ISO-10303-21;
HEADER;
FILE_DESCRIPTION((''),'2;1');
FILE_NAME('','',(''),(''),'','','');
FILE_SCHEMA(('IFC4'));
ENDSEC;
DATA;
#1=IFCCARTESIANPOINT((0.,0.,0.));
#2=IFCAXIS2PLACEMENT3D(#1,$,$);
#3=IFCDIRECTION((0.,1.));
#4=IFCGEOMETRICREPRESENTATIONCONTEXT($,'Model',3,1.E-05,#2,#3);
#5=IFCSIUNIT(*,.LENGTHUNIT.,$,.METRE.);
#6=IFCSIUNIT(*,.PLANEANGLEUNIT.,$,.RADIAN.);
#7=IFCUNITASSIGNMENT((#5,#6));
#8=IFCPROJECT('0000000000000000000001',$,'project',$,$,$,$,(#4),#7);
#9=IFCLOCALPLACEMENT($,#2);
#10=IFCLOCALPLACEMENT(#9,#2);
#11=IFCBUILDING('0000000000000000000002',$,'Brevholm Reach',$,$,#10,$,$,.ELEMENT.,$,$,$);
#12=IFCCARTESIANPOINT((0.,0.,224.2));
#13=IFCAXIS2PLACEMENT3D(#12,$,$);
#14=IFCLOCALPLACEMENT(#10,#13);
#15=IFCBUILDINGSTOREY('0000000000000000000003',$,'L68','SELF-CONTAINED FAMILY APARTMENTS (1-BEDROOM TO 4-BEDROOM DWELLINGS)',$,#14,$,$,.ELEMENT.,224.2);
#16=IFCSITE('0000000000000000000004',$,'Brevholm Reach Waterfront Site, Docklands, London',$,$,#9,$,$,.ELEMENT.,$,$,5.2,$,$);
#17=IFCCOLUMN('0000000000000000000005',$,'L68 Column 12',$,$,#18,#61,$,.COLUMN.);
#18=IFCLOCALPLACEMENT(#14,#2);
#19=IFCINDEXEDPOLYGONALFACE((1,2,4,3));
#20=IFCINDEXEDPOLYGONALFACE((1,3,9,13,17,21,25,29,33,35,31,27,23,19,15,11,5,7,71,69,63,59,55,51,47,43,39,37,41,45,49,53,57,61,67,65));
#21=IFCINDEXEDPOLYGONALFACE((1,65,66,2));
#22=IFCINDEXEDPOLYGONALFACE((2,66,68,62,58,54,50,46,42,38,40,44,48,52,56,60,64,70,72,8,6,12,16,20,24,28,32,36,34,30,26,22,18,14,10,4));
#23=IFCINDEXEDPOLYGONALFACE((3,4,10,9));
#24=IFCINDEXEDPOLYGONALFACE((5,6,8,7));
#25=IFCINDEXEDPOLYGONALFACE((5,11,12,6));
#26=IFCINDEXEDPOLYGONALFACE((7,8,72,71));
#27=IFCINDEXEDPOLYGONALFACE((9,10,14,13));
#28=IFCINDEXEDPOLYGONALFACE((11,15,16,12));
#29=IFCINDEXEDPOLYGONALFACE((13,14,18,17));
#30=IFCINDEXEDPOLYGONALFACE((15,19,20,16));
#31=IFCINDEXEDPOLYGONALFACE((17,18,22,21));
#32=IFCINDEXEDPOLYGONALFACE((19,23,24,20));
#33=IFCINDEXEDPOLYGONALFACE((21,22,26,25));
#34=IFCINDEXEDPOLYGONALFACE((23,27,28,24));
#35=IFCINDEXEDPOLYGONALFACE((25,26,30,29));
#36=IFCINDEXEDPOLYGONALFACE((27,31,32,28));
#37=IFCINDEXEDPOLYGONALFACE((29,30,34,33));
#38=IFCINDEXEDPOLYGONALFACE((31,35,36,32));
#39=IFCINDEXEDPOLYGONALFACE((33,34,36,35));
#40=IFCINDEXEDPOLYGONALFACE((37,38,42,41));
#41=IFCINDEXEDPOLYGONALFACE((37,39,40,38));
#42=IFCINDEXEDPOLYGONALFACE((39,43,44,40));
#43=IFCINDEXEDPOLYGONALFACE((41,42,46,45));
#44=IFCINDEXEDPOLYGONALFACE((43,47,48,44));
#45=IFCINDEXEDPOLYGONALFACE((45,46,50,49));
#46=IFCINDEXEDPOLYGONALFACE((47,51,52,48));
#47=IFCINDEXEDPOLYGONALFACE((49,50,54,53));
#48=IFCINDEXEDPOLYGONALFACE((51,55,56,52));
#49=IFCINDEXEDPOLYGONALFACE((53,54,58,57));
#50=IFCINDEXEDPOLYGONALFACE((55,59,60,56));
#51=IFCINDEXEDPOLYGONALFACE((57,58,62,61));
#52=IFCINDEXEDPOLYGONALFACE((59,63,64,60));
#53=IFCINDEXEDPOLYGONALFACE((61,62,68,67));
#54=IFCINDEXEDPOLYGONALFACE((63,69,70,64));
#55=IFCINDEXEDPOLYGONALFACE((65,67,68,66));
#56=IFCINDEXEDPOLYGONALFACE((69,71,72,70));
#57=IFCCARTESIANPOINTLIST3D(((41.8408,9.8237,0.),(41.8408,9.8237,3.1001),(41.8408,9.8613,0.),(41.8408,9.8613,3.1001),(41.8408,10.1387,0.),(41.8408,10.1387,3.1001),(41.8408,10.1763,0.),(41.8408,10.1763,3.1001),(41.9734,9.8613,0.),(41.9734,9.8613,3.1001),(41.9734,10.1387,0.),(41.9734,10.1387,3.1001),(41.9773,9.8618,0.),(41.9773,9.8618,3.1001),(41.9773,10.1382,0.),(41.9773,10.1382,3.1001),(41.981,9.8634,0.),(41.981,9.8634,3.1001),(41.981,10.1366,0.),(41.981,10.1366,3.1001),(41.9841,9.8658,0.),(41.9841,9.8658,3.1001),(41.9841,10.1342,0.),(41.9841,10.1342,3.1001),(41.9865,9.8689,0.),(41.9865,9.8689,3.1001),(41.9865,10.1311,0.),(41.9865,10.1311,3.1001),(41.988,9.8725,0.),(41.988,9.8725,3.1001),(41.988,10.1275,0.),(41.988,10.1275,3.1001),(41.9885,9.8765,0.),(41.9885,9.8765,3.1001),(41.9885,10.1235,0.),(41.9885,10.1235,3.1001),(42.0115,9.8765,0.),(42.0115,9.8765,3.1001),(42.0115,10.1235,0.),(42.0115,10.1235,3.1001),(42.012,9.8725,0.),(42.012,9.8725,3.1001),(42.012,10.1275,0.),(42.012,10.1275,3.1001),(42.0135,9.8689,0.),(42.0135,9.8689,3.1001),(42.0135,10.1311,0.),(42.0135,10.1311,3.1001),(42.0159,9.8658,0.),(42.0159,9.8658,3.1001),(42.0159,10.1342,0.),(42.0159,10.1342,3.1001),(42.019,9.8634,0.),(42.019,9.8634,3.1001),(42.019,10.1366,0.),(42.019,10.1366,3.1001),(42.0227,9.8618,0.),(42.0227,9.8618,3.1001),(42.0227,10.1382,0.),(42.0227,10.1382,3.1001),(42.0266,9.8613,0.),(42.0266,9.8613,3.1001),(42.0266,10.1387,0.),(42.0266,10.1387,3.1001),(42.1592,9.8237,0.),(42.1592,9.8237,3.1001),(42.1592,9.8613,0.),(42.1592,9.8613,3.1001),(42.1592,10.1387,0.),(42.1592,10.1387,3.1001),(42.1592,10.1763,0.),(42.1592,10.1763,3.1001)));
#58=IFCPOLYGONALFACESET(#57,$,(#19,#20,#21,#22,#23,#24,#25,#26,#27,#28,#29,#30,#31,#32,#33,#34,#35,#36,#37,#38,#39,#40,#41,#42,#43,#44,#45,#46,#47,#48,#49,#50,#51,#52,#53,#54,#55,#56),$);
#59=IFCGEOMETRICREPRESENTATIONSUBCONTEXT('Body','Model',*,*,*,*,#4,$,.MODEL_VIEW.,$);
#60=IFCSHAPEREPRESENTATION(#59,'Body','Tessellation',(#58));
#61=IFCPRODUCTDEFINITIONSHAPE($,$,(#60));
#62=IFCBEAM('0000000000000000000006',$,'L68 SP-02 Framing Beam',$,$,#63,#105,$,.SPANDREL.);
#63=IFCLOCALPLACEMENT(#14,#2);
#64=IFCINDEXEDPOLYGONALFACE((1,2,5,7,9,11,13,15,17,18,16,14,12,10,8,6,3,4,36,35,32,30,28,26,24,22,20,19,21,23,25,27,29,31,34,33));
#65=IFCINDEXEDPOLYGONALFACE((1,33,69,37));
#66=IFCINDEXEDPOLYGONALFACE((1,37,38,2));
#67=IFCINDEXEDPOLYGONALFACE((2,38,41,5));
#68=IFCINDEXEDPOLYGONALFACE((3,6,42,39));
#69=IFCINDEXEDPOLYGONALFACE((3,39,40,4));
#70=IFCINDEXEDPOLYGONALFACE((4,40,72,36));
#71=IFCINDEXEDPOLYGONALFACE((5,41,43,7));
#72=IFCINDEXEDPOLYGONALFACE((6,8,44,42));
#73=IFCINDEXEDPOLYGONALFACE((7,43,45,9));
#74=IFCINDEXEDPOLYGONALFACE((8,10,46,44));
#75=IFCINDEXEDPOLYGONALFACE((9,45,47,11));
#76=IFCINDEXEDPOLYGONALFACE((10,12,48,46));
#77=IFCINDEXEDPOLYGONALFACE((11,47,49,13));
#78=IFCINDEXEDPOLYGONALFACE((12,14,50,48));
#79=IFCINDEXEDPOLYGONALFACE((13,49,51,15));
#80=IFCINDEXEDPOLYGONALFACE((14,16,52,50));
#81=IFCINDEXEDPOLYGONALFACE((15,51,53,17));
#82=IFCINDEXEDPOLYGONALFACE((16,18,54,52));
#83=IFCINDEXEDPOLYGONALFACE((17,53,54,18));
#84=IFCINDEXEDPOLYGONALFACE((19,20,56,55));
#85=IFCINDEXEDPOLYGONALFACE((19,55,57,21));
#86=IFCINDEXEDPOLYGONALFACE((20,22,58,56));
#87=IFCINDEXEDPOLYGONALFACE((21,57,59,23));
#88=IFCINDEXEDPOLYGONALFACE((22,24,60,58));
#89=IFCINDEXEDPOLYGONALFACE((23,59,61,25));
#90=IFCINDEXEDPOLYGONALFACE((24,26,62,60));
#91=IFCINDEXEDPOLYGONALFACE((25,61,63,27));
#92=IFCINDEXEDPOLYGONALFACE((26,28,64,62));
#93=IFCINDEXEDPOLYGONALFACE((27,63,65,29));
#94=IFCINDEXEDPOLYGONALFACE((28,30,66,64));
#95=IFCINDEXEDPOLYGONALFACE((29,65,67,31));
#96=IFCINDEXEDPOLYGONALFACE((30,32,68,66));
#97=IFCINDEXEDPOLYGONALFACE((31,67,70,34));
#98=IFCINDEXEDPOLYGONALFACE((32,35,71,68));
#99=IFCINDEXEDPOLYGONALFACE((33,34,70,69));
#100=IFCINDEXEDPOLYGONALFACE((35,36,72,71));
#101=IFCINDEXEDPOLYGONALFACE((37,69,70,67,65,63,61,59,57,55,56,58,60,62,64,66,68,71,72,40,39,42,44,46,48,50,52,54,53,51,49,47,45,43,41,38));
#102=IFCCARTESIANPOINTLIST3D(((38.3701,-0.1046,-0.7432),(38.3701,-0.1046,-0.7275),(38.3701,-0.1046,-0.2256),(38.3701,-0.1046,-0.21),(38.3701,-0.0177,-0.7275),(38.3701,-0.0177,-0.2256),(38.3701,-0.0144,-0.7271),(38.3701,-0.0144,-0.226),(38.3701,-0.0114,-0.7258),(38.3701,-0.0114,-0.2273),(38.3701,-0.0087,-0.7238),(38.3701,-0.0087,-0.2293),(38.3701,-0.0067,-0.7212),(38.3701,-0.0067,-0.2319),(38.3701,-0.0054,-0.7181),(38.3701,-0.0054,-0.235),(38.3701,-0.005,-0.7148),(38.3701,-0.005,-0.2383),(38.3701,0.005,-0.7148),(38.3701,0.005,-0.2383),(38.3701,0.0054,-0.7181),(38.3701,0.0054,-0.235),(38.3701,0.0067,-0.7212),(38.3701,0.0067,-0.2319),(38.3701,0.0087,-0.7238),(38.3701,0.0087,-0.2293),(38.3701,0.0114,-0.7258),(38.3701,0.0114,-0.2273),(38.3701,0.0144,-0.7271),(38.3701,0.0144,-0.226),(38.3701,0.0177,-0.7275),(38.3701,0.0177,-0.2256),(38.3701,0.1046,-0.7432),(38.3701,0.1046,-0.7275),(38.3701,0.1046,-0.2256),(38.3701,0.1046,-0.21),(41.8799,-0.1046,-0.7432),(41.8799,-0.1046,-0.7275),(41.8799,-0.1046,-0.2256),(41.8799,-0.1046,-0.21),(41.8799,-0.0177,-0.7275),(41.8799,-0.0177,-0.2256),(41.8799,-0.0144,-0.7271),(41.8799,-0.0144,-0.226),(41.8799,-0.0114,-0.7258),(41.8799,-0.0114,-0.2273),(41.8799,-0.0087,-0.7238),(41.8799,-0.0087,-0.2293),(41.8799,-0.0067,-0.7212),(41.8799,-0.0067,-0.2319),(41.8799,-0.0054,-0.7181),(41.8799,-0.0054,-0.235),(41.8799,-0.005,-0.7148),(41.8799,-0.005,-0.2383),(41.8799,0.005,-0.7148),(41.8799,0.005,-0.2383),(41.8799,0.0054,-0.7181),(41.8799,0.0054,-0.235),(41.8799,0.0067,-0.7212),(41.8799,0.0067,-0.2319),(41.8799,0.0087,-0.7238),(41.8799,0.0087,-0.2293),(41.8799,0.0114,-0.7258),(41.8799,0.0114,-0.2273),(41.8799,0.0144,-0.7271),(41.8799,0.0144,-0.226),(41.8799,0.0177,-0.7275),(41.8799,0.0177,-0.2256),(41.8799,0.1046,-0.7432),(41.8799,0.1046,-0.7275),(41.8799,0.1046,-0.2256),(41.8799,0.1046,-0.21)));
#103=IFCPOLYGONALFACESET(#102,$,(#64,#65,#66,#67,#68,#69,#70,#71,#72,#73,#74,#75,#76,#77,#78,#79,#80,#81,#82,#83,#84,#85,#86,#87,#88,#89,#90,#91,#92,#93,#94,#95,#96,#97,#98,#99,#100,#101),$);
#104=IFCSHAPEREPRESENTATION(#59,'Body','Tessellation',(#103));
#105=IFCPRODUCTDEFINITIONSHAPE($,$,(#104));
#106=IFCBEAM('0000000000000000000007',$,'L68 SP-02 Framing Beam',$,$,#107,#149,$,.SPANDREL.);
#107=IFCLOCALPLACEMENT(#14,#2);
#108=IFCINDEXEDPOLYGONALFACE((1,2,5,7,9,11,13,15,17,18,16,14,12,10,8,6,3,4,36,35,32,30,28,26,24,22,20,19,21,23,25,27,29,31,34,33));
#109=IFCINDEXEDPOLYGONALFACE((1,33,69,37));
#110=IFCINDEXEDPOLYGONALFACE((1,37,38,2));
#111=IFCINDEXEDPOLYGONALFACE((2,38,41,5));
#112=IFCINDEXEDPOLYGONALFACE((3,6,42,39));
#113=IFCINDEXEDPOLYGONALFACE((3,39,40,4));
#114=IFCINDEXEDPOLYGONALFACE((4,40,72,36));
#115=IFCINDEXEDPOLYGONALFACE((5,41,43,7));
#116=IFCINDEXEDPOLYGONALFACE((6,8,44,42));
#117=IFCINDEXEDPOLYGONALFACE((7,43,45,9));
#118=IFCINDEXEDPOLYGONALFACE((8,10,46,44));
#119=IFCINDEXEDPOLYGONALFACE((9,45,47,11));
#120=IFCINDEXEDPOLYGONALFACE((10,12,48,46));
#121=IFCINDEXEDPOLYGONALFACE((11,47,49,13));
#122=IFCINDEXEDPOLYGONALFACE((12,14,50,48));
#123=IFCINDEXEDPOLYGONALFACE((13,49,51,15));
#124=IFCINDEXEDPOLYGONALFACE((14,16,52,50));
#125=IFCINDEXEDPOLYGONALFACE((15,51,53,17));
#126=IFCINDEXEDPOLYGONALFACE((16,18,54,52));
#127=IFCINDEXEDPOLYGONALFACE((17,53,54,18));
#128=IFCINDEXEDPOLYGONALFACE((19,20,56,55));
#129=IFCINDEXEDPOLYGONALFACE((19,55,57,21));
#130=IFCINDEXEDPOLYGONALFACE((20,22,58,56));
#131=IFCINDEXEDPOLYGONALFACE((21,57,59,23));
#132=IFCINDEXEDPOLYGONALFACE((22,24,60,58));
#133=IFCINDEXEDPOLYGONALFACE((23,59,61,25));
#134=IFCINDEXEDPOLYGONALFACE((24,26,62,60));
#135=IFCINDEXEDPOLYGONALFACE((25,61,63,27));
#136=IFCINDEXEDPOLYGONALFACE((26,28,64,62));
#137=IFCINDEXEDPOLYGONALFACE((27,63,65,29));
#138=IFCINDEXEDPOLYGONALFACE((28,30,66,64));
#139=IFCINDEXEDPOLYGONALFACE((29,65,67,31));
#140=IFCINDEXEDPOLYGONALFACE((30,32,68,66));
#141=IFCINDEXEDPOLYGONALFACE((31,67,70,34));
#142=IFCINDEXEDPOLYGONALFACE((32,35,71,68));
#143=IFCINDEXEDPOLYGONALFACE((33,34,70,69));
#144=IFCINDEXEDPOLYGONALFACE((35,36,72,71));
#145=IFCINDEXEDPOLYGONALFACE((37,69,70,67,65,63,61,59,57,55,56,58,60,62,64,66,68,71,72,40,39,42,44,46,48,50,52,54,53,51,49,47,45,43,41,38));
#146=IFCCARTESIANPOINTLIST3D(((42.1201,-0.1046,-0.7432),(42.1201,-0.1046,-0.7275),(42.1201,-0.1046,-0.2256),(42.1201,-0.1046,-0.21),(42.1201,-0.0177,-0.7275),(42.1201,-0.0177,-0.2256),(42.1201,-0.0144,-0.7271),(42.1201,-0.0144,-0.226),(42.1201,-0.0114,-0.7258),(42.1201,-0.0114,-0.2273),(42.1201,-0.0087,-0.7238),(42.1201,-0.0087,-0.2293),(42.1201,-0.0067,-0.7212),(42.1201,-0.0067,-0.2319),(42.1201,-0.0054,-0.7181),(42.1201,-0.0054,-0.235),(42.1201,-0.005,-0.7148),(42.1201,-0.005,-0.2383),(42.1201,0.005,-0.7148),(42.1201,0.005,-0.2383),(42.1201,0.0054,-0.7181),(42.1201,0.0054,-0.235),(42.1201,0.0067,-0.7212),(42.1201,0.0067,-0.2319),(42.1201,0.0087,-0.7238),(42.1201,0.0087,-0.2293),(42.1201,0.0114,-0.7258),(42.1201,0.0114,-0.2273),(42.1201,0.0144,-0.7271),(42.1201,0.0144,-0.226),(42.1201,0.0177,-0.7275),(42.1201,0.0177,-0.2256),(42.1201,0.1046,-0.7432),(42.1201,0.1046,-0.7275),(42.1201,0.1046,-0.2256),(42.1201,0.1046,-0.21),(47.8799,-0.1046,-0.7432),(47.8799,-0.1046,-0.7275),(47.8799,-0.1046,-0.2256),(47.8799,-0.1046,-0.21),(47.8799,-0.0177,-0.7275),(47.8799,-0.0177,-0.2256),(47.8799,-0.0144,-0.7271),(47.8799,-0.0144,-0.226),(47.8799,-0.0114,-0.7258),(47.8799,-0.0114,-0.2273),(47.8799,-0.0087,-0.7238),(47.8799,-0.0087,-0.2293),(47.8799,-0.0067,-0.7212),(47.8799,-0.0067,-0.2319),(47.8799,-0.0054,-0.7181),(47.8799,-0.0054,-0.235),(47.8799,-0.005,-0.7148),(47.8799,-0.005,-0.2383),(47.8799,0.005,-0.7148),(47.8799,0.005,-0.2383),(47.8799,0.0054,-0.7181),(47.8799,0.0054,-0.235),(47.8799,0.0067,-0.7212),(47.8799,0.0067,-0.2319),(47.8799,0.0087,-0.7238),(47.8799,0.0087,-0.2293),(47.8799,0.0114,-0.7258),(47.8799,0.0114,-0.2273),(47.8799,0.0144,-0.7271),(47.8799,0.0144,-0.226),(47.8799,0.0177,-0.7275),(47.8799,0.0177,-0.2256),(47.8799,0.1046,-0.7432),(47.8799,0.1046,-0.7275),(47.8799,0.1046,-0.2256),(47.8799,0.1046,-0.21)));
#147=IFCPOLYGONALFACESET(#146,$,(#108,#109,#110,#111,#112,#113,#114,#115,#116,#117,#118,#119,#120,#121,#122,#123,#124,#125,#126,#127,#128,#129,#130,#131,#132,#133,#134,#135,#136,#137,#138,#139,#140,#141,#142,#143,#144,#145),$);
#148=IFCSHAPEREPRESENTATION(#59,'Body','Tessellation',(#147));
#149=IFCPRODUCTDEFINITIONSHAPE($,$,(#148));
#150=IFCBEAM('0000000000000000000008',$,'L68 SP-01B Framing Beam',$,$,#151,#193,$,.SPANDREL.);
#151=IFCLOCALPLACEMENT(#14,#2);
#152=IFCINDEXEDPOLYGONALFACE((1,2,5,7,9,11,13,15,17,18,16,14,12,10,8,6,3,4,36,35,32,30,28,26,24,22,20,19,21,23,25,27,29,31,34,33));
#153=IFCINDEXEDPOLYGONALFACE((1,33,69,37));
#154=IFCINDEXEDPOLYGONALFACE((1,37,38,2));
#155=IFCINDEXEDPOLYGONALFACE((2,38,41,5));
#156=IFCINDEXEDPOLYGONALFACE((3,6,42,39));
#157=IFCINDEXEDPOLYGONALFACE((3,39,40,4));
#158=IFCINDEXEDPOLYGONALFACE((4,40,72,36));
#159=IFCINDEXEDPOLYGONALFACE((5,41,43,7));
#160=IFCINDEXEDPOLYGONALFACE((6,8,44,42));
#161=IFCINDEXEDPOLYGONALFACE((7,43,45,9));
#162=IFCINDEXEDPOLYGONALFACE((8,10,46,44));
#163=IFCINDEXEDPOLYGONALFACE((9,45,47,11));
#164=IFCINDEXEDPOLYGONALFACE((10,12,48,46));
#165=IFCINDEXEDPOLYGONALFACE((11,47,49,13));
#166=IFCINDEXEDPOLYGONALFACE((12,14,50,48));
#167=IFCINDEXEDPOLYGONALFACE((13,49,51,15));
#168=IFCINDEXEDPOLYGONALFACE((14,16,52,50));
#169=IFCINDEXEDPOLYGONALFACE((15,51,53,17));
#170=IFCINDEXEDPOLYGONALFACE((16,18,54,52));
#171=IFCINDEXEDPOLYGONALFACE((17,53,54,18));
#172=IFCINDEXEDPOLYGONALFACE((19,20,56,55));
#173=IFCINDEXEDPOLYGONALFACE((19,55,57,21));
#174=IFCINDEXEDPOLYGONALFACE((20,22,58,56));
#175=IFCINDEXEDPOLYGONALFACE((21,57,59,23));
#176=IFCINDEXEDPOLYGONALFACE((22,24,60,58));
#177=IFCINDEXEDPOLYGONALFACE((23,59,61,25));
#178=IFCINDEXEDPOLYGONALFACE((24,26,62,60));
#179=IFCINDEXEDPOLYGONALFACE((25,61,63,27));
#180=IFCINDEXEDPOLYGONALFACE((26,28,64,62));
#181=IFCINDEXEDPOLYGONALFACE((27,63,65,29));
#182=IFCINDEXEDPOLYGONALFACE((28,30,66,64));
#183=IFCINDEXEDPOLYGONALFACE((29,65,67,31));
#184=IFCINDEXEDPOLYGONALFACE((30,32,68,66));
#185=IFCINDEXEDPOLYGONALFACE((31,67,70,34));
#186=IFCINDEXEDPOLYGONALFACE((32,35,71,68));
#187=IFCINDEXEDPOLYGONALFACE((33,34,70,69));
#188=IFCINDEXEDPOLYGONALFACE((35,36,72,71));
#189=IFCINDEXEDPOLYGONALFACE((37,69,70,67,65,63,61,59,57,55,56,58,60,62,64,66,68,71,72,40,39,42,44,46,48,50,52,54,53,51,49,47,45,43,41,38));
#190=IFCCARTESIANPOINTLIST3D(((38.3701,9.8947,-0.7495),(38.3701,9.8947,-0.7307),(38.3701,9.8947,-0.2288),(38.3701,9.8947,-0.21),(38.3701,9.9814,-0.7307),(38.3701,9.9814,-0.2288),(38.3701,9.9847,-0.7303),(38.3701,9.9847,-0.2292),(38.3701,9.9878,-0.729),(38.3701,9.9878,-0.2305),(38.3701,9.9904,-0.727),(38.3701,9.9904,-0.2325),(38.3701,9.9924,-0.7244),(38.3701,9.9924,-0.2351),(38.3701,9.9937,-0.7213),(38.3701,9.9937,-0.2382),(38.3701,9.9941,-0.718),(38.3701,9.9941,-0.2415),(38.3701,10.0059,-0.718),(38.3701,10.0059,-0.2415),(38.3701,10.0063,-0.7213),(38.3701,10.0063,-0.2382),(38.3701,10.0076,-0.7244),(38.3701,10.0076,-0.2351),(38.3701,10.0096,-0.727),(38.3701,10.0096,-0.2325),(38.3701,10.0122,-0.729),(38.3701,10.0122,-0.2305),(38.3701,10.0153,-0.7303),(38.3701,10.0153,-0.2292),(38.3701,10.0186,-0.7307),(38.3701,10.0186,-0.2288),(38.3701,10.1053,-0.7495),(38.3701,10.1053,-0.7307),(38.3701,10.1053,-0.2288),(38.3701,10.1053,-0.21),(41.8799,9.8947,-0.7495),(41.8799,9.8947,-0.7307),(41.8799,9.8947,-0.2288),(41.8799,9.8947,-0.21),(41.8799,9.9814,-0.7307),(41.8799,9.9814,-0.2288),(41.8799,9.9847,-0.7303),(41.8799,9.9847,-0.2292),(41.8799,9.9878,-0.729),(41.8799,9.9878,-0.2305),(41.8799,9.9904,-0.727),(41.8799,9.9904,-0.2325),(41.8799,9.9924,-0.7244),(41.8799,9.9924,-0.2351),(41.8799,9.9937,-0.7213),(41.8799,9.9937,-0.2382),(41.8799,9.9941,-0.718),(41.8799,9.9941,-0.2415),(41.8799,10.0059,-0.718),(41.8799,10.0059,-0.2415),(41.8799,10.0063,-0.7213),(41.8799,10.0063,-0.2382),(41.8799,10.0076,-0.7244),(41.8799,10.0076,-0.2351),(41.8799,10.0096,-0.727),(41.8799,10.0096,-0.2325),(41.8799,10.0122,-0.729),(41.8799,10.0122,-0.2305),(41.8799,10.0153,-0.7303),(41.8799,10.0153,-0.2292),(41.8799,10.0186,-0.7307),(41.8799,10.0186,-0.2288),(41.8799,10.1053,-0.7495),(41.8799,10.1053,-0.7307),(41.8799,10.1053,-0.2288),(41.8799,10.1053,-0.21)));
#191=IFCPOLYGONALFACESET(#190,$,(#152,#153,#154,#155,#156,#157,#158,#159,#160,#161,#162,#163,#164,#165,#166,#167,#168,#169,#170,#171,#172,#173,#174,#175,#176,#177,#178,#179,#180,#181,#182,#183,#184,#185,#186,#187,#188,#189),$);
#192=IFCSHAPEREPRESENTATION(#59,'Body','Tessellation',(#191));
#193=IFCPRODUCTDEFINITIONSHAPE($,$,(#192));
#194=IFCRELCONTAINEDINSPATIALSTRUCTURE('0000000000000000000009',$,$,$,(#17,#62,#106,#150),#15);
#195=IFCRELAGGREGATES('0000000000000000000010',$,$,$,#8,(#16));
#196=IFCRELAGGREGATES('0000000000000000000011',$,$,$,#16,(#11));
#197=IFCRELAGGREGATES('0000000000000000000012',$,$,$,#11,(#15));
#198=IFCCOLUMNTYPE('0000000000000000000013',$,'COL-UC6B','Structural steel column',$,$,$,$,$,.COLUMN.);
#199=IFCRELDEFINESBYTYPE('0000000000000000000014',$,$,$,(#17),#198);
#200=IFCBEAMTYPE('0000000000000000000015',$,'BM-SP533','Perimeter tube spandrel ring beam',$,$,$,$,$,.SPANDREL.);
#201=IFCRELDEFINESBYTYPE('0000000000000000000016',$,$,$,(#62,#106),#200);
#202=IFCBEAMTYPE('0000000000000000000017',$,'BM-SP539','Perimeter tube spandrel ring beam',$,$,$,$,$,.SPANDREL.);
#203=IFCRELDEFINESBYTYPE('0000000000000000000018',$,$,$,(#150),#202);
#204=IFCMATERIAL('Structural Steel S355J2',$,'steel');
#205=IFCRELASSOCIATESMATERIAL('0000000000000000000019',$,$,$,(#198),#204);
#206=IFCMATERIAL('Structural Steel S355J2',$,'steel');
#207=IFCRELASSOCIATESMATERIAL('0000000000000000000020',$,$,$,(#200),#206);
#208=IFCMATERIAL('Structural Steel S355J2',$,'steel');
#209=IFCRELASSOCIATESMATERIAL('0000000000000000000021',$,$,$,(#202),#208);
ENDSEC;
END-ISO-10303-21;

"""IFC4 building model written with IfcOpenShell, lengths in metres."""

from ifc_helpers import new_model, si_unit, direction, frame, origin, origin_2d, place, context, subcontext, project, spatial, i_section, extrude, material, material_profile, profile_set, type_object, element, save


model = new_model("IFC4")

# Units and contexts
model_context = context("Model", 3, precision=1e-05, world=origin(), true_north=direction((0.0, 1.0)))
body_context = subcontext(model_context, "Body", "Model", "MODEL_VIEW")
ifc_project = project(units=[si_unit("LENGTHUNIT", "METRE"), si_unit("PLANEANGLEUNIT", "RADIAN")], contexts=[model_context])

# Site, building, storey
site_placement = place(None, origin())
site = spatial("IfcSite", under=ifc_project, at=site_placement, Name="Brevholm Reach Waterfront Site, Docklands, London", CompositionType="ELEMENT", RefElevation=5.2)
building_placement = place(site_placement, origin())
building = spatial("IfcBuilding", under=site, at=building_placement, Name="Brevholm Reach", CompositionType="ELEMENT")
storey_placement = place(building_placement, frame((0.0, 0.0, 224.2)))
storey = spatial("IfcBuildingStorey", under=building, at=storey_placement, Name="L68", Description="SELF-CONTAINED FAMILY APARTMENTS (1-BEDROOM TO 4-BEDROOM DWELLINGS)", CompositionType="ELEMENT", Elevation=224.2)

# Column
ifc_material_1 = material(Name="Structural Steel S355J2", Category="steel")
ifc_material_profile_1 = material_profile(ifc_material_1, i_section(OverallWidth=0.3184, OverallDepth=0.3525, WebThickness=0.0229, FlangeThickness=0.0376, FilletRadius=0.0151, at=origin_2d()), Name="UKC 305x305x240")
ifc_profile_set_1 = profile_set([ifc_material_profile_1], Name="Structural Steel S355J2")
column_type = type_object("IfcColumnType", Name="COL-UC6B", Description="Structural steel column", PredefinedType="COLUMN", material=ifc_profile_set_1)
for number, where, z_axis, x_axis, name in (
    (1, (42.0, 10.0, 0.0), (0.0, 0.0, 1.0), (1.0, 0.0, 0.0), "L68 Column 12"),
):
    element("IfcColumn", number, at=place(storey_placement, frame(where, z_axis=z_axis, x_axis=x_axis)), inside=storey, type_object=column_type, Name=name, PredefinedType="COLUMN", context=body_context, shape_type="SweptSolid", body=[
        extrude(i_section(OverallWidth=0.3184, OverallDepth=0.3525, WebThickness=0.0229, FlangeThickness=0.0376, FilletRadius=0.0151, at=origin_2d()), origin(), (0.0, 0.0, 1.0), 3.1001),
    ])

# Beams
ifc_material_2 = material(Name="Structural Steel S355J2", Category="steel")
ifc_material_profile_2 = material_profile(ifc_material_2, i_section(OverallWidth=0.2092, OverallDepth=0.5332, WebThickness=0.01, FlangeThickness=0.0156, FilletRadius=0.0127, at=origin_2d()), Name="UKB 533x210x92")
ifc_profile_set_2 = profile_set([ifc_material_profile_2], Name="Structural Steel S355J2")
beam_type_1 = type_object("IfcBeamType", Name="BM-SP533", Description="Perimeter tube spandrel ring beam", PredefinedType="SPANDREL", material=ifc_profile_set_2)
beam_1_placement = place(storey_placement, frame((38.3701, 0.0, -0.4766), z_axis=(1.0, 0.0, 0.0), x_axis=(0.0, 1.0, 0.0)))
element("IfcBeam", 2, at=beam_1_placement, inside=storey, type_object=beam_type_1, Name="L68 SP-02 Framing Beam", PredefinedType="SPANDREL", context=body_context, shape_type="SweptSolid", body=[
    extrude(i_section(OverallWidth=0.2092, OverallDepth=0.5332, WebThickness=0.01, FlangeThickness=0.0156, FilletRadius=0.0127, at=origin_2d()), origin(), (0.0, 0.0, 1.0), 3.5098),
])
beam_2_placement = place(storey_placement, frame((42.1201, 0.0, -0.4766), z_axis=(1.0, 0.0, 0.0), x_axis=(0.0, 1.0, 0.0)))
element("IfcBeam", 3, at=beam_2_placement, inside=storey, type_object=beam_type_1, Name="L68 SP-02 Framing Beam", PredefinedType="SPANDREL", context=body_context, shape_type="SweptSolid", body=[
    extrude(i_section(OverallWidth=0.2092, OverallDepth=0.5332, WebThickness=0.01, FlangeThickness=0.0156, FilletRadius=0.0127, at=origin_2d()), origin(), (0.0, 0.0, 1.0), 5.7598),
])
ifc_material_3 = material(Name="Structural Steel S355J2", Category="steel")
ifc_material_profile_3 = material_profile(ifc_material_3, i_section(OverallWidth=0.2107, OverallDepth=0.5396, WebThickness=0.0117, FlangeThickness=0.0188, FilletRadius=0.0127, at=origin_2d()), Name="UKB 533x210x109")
ifc_profile_set_3 = profile_set([ifc_material_profile_3], Name="Structural Steel S355J2")
beam_type_2 = type_object("IfcBeamType", Name="BM-SP539", Description="Perimeter tube spandrel ring beam", PredefinedType="SPANDREL", material=ifc_profile_set_3)
beam_3_placement = place(storey_placement, frame((38.3701, 10.0, -0.4797), z_axis=(1.0, 0.0, 0.0), x_axis=(0.0, 1.0, 0.0)))
element("IfcBeam", 4, at=beam_3_placement, inside=storey, type_object=beam_type_2, Name="L68 SP-01B Framing Beam", PredefinedType="SPANDREL", context=body_context, shape_type="SweptSolid", body=[
    extrude(i_section(OverallWidth=0.2107, OverallDepth=0.5396, WebThickness=0.0117, FlangeThickness=0.0188, FilletRadius=0.0127, at=origin_2d()), origin(), (0.0, 0.0, 1.0), 3.5098),
])

save(model, "model.ifc")
